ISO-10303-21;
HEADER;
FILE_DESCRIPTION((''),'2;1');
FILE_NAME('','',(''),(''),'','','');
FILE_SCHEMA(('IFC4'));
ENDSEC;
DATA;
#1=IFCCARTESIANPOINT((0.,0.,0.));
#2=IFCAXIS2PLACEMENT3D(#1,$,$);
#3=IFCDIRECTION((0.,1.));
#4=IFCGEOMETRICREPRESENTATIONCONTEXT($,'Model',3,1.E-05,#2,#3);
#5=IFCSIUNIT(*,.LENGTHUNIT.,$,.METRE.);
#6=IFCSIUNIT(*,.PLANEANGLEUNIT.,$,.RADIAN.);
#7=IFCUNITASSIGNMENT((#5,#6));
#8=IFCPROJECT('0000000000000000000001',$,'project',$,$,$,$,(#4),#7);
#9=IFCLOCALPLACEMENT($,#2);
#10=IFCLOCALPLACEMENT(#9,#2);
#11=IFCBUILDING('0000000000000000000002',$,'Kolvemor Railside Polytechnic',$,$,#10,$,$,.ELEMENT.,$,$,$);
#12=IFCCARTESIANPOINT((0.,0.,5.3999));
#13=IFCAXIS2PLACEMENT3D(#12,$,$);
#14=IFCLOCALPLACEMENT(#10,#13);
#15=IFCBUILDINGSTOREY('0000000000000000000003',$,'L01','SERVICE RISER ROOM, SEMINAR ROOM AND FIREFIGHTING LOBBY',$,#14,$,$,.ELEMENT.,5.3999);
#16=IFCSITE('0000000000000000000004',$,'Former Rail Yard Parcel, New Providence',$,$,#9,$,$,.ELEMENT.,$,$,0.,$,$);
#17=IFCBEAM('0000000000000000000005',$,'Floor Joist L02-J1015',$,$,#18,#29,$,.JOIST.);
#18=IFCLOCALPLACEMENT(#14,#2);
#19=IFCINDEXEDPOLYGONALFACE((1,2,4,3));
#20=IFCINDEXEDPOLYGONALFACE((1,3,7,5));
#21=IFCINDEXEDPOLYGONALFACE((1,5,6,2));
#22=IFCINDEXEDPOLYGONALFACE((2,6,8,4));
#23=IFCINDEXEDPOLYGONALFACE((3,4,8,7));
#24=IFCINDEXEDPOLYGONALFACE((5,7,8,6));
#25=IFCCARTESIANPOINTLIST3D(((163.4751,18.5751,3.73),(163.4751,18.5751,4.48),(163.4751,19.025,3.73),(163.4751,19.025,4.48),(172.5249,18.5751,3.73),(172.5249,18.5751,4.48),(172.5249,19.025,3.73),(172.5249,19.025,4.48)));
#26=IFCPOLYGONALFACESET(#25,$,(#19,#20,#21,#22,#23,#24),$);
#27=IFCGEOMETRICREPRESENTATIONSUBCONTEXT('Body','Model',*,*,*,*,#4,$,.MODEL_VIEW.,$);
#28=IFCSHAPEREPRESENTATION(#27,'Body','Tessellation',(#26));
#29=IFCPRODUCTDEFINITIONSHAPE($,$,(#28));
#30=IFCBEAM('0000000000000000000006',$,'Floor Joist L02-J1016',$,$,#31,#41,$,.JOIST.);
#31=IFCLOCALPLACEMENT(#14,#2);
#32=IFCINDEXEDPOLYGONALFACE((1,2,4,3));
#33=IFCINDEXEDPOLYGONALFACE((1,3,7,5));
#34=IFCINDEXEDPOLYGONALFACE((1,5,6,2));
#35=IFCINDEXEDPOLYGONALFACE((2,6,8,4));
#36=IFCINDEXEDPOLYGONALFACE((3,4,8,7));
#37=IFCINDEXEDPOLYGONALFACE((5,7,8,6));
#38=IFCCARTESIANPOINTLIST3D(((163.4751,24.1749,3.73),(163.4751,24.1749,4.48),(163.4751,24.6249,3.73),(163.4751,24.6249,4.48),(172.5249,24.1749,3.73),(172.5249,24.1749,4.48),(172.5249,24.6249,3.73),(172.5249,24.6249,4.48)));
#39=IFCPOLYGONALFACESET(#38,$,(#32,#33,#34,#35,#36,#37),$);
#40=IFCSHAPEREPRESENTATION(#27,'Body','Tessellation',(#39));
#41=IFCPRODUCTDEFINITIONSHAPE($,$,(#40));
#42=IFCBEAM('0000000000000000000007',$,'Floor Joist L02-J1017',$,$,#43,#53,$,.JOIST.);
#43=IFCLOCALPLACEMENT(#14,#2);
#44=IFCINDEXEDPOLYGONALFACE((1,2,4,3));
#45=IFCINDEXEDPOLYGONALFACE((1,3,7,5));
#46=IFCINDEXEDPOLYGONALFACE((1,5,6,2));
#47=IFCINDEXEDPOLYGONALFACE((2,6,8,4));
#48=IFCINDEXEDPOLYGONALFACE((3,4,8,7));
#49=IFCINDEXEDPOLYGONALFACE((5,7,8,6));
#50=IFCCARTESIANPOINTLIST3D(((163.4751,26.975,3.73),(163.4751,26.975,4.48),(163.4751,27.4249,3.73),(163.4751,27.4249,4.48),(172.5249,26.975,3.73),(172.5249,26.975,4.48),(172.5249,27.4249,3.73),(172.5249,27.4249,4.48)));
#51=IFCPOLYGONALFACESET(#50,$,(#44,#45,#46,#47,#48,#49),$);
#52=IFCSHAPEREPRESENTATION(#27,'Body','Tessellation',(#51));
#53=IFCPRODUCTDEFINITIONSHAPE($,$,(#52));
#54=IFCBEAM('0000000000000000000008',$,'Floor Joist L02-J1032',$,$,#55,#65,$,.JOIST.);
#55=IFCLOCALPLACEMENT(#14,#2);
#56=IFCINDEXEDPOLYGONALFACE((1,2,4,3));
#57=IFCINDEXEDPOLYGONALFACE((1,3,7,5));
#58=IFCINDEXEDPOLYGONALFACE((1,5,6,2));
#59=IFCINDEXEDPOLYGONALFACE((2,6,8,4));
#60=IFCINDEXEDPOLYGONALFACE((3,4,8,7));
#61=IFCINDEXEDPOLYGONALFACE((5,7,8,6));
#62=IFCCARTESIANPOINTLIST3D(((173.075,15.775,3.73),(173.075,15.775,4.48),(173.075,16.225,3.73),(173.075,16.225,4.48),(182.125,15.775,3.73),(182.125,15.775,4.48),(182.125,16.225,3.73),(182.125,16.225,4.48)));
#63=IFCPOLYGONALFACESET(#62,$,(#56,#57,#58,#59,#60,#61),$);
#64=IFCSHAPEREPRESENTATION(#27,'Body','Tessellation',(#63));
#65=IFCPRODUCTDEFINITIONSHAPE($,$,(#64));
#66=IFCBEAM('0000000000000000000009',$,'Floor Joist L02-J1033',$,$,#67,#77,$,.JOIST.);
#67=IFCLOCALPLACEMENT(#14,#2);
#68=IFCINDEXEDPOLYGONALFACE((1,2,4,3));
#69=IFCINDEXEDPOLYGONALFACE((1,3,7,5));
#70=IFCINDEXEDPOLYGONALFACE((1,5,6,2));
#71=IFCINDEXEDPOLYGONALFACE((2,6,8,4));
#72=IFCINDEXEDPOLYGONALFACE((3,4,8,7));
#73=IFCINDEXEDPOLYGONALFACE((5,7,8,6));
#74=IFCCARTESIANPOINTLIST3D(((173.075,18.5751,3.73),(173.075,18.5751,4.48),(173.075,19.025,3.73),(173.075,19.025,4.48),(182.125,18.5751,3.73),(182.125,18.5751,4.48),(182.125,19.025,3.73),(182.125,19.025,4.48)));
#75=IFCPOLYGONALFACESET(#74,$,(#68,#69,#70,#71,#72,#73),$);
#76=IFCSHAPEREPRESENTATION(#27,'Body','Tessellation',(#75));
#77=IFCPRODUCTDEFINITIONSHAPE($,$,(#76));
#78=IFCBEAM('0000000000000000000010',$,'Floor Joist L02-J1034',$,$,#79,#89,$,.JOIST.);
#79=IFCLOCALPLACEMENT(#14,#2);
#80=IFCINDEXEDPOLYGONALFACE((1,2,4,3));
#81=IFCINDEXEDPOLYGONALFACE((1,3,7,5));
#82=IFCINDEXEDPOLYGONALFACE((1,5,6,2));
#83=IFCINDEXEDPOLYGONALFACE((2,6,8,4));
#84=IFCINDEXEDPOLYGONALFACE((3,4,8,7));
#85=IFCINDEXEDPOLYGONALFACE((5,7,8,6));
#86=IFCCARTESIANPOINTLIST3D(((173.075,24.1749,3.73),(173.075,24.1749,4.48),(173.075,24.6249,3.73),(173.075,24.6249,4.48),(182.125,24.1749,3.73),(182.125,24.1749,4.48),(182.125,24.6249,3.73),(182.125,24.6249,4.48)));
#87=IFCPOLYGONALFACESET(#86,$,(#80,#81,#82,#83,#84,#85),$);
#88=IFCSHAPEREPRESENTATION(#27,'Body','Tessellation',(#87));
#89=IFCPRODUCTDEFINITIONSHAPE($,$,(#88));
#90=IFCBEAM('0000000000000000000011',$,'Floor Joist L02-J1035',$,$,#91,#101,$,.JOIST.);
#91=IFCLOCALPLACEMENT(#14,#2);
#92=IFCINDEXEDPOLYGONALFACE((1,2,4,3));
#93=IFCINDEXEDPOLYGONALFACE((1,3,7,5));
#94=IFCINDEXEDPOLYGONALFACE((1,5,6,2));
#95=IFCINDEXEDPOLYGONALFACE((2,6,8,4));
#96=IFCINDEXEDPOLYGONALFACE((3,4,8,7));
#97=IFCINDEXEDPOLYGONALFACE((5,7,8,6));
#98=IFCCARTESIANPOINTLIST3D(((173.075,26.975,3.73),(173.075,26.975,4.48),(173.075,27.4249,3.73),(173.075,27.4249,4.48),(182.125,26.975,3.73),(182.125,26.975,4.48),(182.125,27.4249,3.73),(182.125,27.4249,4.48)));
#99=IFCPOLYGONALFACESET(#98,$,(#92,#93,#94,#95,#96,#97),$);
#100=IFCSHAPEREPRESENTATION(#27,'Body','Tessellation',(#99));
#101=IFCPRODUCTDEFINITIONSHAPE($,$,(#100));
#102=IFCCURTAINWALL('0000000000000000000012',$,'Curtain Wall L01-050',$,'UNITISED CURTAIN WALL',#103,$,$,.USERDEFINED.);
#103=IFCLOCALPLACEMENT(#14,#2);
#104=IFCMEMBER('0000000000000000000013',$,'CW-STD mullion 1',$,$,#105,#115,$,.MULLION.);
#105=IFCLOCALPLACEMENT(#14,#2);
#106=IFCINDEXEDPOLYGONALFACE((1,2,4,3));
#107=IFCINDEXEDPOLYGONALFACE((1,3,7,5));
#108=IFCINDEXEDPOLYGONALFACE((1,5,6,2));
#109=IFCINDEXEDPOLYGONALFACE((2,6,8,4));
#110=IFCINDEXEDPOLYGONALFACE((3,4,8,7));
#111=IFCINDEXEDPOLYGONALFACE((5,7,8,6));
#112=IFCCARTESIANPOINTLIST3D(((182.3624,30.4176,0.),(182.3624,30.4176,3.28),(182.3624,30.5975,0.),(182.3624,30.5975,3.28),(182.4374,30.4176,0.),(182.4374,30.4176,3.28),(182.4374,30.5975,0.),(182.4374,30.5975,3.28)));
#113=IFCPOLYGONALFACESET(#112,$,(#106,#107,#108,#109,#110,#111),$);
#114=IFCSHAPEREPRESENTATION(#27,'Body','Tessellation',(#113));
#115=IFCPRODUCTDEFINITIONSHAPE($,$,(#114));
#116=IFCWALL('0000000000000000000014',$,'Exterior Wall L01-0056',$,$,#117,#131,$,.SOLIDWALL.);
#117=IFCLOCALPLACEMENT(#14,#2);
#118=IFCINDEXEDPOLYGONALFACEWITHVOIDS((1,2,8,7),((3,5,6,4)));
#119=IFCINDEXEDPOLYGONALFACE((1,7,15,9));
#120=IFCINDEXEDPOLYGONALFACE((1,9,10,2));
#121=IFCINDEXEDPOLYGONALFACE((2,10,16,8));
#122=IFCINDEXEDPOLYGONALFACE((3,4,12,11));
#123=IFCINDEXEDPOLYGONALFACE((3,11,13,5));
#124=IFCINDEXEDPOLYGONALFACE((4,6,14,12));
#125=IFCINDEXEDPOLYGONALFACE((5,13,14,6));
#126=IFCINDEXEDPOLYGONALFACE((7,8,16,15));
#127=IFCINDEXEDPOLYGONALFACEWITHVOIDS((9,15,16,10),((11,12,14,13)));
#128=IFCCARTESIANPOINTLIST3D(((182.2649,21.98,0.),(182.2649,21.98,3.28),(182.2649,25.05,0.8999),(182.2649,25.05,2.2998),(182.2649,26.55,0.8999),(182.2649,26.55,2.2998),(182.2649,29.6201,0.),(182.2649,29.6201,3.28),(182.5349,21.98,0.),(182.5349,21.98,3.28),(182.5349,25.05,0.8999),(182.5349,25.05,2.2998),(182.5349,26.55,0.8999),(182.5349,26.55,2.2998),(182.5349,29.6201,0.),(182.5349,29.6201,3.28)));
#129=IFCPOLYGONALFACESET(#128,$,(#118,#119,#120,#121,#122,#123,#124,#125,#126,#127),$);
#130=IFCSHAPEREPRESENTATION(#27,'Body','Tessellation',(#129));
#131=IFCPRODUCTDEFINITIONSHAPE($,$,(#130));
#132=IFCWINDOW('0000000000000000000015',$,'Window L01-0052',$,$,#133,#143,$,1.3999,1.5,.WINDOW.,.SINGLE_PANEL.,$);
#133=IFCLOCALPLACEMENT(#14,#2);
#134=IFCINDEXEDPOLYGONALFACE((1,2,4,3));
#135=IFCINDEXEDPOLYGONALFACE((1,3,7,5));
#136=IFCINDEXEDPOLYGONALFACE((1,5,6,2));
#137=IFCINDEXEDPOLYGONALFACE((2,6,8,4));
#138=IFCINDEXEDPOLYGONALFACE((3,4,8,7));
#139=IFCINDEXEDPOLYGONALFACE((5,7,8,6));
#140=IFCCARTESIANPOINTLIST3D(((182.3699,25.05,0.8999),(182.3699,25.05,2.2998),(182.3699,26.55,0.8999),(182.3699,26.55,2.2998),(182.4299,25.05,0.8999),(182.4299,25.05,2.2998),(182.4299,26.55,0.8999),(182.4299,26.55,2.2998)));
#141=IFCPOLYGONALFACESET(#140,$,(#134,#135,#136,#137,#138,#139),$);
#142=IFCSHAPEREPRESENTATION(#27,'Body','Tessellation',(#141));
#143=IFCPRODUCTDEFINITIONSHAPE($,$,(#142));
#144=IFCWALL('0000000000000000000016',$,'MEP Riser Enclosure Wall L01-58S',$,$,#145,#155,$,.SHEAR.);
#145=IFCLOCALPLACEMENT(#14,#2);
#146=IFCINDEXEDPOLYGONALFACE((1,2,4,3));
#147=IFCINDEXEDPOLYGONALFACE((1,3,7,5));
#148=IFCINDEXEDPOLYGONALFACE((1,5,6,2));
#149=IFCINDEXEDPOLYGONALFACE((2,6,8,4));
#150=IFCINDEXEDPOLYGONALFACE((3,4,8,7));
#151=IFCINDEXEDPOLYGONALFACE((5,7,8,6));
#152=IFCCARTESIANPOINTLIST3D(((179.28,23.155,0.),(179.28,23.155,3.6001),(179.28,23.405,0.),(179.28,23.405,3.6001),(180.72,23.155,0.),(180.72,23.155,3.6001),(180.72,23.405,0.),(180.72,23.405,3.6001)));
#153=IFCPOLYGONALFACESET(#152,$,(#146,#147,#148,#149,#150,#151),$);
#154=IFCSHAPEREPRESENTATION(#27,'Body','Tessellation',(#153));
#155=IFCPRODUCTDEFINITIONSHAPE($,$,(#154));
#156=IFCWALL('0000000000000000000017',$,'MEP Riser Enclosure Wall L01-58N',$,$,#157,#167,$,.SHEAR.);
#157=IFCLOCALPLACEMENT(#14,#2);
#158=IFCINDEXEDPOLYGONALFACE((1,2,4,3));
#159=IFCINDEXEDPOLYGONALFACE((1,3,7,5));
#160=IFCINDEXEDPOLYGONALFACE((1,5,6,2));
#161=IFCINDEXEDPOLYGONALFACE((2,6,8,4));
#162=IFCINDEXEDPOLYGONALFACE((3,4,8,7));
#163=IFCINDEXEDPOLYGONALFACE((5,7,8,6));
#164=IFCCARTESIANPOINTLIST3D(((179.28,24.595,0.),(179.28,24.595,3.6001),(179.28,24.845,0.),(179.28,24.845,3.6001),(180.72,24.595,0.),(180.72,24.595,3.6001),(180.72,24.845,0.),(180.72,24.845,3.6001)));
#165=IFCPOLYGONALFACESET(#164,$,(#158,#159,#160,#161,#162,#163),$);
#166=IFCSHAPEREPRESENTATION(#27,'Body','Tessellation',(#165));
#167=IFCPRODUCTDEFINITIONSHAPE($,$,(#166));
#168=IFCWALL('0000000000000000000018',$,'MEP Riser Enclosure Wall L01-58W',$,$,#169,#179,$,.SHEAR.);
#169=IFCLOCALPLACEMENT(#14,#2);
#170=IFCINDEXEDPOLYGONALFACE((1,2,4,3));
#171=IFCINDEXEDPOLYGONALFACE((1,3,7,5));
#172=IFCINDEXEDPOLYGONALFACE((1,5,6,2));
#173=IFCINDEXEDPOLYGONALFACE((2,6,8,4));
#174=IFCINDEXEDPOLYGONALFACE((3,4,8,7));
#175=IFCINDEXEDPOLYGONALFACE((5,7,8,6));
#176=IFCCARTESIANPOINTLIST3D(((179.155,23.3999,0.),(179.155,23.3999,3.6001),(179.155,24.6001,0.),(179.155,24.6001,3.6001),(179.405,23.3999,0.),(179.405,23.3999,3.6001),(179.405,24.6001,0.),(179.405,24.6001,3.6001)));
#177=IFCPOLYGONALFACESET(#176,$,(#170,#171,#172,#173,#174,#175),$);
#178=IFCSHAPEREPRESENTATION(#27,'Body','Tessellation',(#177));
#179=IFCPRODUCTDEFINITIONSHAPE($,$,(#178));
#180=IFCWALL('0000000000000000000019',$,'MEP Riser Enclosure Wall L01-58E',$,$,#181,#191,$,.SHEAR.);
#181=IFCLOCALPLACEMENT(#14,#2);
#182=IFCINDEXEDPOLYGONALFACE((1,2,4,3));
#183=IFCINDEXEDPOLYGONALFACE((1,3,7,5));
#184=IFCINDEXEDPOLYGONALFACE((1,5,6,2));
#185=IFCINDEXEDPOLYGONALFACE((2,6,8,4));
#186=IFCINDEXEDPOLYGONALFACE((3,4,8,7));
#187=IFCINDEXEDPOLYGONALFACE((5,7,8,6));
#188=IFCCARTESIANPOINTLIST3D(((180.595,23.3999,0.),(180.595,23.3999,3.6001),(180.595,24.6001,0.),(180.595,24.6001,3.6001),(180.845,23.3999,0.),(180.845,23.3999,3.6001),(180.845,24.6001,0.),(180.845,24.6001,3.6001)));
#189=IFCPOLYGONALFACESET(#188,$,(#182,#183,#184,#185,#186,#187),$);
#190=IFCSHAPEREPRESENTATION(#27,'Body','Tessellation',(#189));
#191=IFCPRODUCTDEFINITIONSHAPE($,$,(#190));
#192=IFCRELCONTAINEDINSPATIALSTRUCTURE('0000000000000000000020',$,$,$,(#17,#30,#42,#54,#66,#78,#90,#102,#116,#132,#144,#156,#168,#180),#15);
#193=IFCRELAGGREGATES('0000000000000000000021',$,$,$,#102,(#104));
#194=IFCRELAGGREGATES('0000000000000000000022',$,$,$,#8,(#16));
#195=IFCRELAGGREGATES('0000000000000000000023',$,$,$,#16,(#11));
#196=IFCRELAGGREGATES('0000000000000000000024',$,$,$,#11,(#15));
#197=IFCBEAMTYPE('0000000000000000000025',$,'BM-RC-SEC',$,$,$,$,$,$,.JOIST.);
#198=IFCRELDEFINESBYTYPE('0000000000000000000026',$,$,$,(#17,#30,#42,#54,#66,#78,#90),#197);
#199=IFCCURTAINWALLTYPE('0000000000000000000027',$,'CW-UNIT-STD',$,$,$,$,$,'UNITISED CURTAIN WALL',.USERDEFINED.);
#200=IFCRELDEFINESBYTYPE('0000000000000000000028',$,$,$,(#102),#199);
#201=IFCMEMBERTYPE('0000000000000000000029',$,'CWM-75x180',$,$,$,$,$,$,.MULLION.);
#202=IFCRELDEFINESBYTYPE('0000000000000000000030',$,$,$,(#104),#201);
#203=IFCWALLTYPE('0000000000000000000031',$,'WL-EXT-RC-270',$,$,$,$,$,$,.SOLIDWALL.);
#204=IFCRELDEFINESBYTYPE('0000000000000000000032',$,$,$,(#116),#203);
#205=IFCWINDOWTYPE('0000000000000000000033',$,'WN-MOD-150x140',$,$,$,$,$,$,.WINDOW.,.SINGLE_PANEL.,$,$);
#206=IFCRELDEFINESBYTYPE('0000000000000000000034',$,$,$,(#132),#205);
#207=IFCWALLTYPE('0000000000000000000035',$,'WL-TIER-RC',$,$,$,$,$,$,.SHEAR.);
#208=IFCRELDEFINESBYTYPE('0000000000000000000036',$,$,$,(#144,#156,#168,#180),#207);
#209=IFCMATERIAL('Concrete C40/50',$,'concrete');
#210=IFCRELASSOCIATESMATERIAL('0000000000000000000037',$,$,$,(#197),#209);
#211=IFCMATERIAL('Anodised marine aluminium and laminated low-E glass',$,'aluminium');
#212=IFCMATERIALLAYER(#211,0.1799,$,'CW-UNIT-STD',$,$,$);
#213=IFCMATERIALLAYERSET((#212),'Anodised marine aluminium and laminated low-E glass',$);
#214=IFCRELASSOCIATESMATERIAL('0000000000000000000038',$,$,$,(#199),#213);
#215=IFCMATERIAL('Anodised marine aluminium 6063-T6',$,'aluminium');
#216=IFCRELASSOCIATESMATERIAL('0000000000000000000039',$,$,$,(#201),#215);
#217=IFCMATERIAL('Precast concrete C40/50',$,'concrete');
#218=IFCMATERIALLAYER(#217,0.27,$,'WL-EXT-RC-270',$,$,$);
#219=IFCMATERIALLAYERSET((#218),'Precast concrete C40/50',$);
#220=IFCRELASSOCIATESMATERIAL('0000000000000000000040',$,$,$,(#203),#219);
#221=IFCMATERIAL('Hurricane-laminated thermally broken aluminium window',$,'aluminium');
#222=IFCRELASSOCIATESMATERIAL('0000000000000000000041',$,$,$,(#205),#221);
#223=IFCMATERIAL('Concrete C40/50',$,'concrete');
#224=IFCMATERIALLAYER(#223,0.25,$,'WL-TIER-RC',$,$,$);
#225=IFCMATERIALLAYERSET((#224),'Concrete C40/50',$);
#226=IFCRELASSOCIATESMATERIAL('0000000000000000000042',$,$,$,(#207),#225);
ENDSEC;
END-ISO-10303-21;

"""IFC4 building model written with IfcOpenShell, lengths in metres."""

from ifc_helpers import new_model, si_unit, direction, frame, frame_2d, origin, origin_2d, place, context, subcontext, project, spatial, rectangle, extrude, material, layer, layer_set, material_profile, profile_set, type_object, element, fill, aggregate, save


model = new_model("IFC4")

# Units and contexts
model_context = context("Model", 3, precision=1e-05, world=origin(), true_north=direction((0.0, 1.0)))
body_context = subcontext(model_context, "Body", "Model", "MODEL_VIEW")
ifc_project = project(units=[si_unit("LENGTHUNIT", "METRE"), si_unit("PLANEANGLEUNIT", "RADIAN")], contexts=[model_context])

# Site, building, storey
site_placement = place(None, origin())
site = spatial("IfcSite", under=ifc_project, at=site_placement, Name="Former Rail Yard Parcel, New Providence", CompositionType="ELEMENT", RefElevation=0.0)
building_placement = place(site_placement, origin())
building = spatial("IfcBuilding", under=site, at=building_placement, Name="Kolvemor Railside Polytechnic", CompositionType="ELEMENT")
storey_placement = place(building_placement, frame((0.0, 0.0, 5.3999)))
storey = spatial("IfcBuildingStorey", under=building, at=storey_placement, Name="L01", Description="SERVICE RISER ROOM, SEMINAR ROOM AND FIREFIGHTING LOBBY", CompositionType="ELEMENT", Elevation=5.3999)

# Beams
ifc_material_1 = material(Name="Concrete C40/50", Category="concrete")
ifc_material_profile_1 = material_profile(ifc_material_1, rectangle(XDim=0.45, YDim=0.75, at=origin_2d()), Name="RC450x750")
ifc_profile_set_1 = profile_set([ifc_material_profile_1], Name="Concrete C40/50")
beam_type_1 = type_object("IfcBeamType", Name="BM-RC-SEC", PredefinedType="JOIST", material=ifc_profile_set_1)
for number, where, z_axis, x_axis, name in (
    (1, (163.4751, 18.8, 4.105), (1.0, 0.0, 0.0), (0.0, 1.0, 0.0), "Floor Joist L02-J1015"),
    (2, (163.4751, 24.3999, 4.105), (1.0, 0.0, 0.0), (0.0, 1.0, 0.0), "Floor Joist L02-J1016"),
    (3, (163.4751, 27.2, 4.105), (1.0, 0.0, 0.0), (0.0, 1.0, 0.0), "Floor Joist L02-J1017"),
):
    element("IfcBeam", number, at=place(storey_placement, frame(where, z_axis=z_axis, x_axis=x_axis)), inside=storey, type_object=beam_type_1, Name=name, PredefinedType="JOIST", context=body_context, shape_type="SweptSolid", body=[
        extrude(rectangle(XDim=0.45, YDim=0.75, at=origin_2d()), origin(), (0.0, 0.0, 1.0), 9.0498),
    ])
for number, where, z_axis, x_axis, name in (
    (4, (173.075, 16.0, 4.105), (1.0, 0.0, 0.0), (0.0, 1.0, 0.0), "Floor Joist L02-J1032"),
    (5, (173.075, 18.8, 4.105), (1.0, 0.0, 0.0), (0.0, 1.0, 0.0), "Floor Joist L02-J1033"),
    (6, (173.075, 24.3999, 4.105), (1.0, 0.0, 0.0), (0.0, 1.0, 0.0), "Floor Joist L02-J1034"),
    (7, (173.075, 27.2, 4.105), (1.0, 0.0, 0.0), (0.0, 1.0, 0.0), "Floor Joist L02-J1035"),
):
    element("IfcBeam", number, at=place(storey_placement, frame(where, z_axis=z_axis, x_axis=x_axis)), inside=storey, type_object=beam_type_1, Name=name, PredefinedType="JOIST", context=body_context, shape_type="SweptSolid", body=[
        extrude(rectangle(XDim=0.45, YDim=0.75, at=origin_2d()), origin(), (0.0, 0.0, 1.0), 9.05),
    ])

# Curtain wall, member
ifc_material_2 = material(Name="Anodised marine aluminium and laminated low-E glass", Category="aluminium")
ifc_layer_1 = layer(ifc_material_2, 0.1799, Name="CW-UNIT-STD")
ifc_layer_set_1 = layer_set([ifc_layer_1], Name="Anodised marine aluminium and laminated low-E glass")
curtain_wall_type = type_object("IfcCurtainWallType", Name="CW-UNIT-STD", ElementType="UNITISED CURTAIN WALL", PredefinedType="USERDEFINED", material=ifc_layer_set_1)
curtain_wall_placement = place(storey_placement, origin())
curtain_wall = element("IfcCurtainWall", 8, at=curtain_wall_placement, inside=storey, type_object=curtain_wall_type, Name="Curtain Wall L01-050", ObjectType="UNITISED CURTAIN WALL", PredefinedType="USERDEFINED")
ifc_material_3 = material(Name="Anodised marine aluminium 6063-T6", Category="aluminium")
ifc_material_profile_2 = material_profile(ifc_material_3, rectangle(XDim=0.075, YDim=0.1799, at=origin_2d()), Name="CW-MUL-75x180")
ifc_profile_set_2 = profile_set([ifc_material_profile_2], Name="Anodised marine aluminium 6063-T6")
member_type = type_object("IfcMemberType", Name="CWM-75x180", PredefinedType="MULLION", material=ifc_profile_set_2)
member_placement = place(storey_placement, frame((182.3999, 30.5076, 0.0), z_axis=(0.0, 0.0, 1.0), x_axis=(-1.0, 0.0, 0.0)))
member = element("IfcMember", 9, at=member_placement, type_object=member_type, Name="CW-STD mullion 1", PredefinedType="MULLION", context=body_context, shape_type="SweptSolid", body=[
    extrude(rectangle(XDim=0.075, YDim=0.1799, at=origin_2d()), origin(), (0.0, 0.0, 1.0), 3.28),
])
aggregate(curtain_wall, [member])

# Wall, opening, window
ifc_material_4 = material(Name="Precast concrete C40/50", Category="concrete")
ifc_layer_2 = layer(ifc_material_4, 0.27, Name="WL-EXT-RC-270")
ifc_layer_set_2 = layer_set([ifc_layer_2], Name="Precast concrete C40/50")
wall_type_1 = type_object("IfcWallType", Name="WL-EXT-RC-270", PredefinedType="SOLIDWALL", material=ifc_layer_set_2)
wall_placement = place(storey_placement, frame((182.3999, 21.98, 0.0), z_axis=(0.0, 0.0, 1.0), x_axis=(0.0, 1.0, 0.0)))
wall = element("IfcWall", 10, at=wall_placement, inside=storey, type_object=wall_type_1, Name="Exterior Wall L01-0056", PredefinedType="SOLIDWALL", context=body_context, shape_type="SweptSolid", body=[
    extrude(rectangle(XDim=7.6401, YDim=0.27, at=frame_2d((3.8201, 0.0))), origin(), (0.0, 0.0, 1.0), 3.28),
])
opening_placement = place(wall_placement, frame((3.0701, 0.0, 0.8999)))
opening = element("IfcOpeningElement", 11, at=opening_placement, cuts=wall, PredefinedType="OPENING", context=body_context, shape_type="SweptSolid", body=[
    extrude(rectangle(XDim=1.5, YDim=1.3999, at=frame_2d((0.75, 0.7))), frame((0.0, 0.145, 0.0), z_axis=(0.0, -1.0, 0.0), x_axis=(1.0, 0.0, 0.0)), (0.0, 0.0, 1.0), 0.29),
])
ifc_material_5 = material(Name="Hurricane-laminated thermally broken aluminium window", Category="aluminium")
window_type = type_object("IfcWindowType", Name="WN-MOD-150x140", PartitioningType="SINGLE_PANEL", PredefinedType="WINDOW", material=ifc_material_5)
window_placement = place(opening_placement, origin())
window = element("IfcWindow", 12, at=window_placement, inside=storey, type_object=window_type, Name="Window L01-0052", OverallHeight=1.3999, OverallWidth=1.5, PartitioningType="SINGLE_PANEL", PredefinedType="WINDOW", context=body_context, shape_type="SweptSolid", body=[
    extrude(rectangle(XDim=1.5, YDim=1.3999, at=frame_2d((0.75, 0.7))), frame((0.0, 0.03, 0.0), z_axis=(0.0, -1.0, 0.0), x_axis=(1.0, 0.0, 0.0)), (0.0, 0.0, 1.0), 0.0601),
])
fill(opening, window)

# Walls
ifc_material_6 = material(Name="Concrete C40/50", Category="concrete")
ifc_layer_3 = layer(ifc_material_6, 0.25, Name="WL-TIER-RC")
ifc_layer_set_3 = layer_set([ifc_layer_3], Name="Concrete C40/50")
wall_type_2 = type_object("IfcWallType", Name="WL-TIER-RC", PredefinedType="SHEAR", material=ifc_layer_set_3)
for number, where, z_axis, x_axis, name in (
    (13, (179.28, 23.28, 0.0), (0.0, 0.0, 1.0), (1.0, 0.0, 0.0), "MEP Riser Enclosure Wall L01-58S"),
    (14, (179.28, 24.72, 0.0), (0.0, 0.0, 1.0), (1.0, 0.0, 0.0), "MEP Riser Enclosure Wall L01-58N"),
):
    element("IfcWall", number, at=place(storey_placement, frame(where, z_axis=z_axis, x_axis=x_axis)), inside=storey, type_object=wall_type_2, Name=name, PredefinedType="SHEAR", context=body_context, shape_type="SweptSolid", body=[
        extrude(rectangle(XDim=1.4399, YDim=0.25, at=frame_2d((0.72, 0.0))), origin(), (0.0, 0.0, 1.0), 3.6001),
    ])
for number, where, z_axis, x_axis, name in (
    (15, (179.28, 23.3999, 0.0), (0.0, 0.0, 1.0), (0.0, 1.0, 0.0), "MEP Riser Enclosure Wall L01-58W"),
    (16, (180.72, 23.3999, 0.0), (0.0, 0.0, 1.0), (0.0, 1.0, 0.0), "MEP Riser Enclosure Wall L01-58E"),
):
    element("IfcWall", number, at=place(storey_placement, frame(where, z_axis=z_axis, x_axis=x_axis)), inside=storey, type_object=wall_type_2, Name=name, PredefinedType="SHEAR", context=body_context, shape_type="SweptSolid", body=[
        extrude(rectangle(XDim=1.2002, YDim=0.25, at=frame_2d((0.6001, 0.0))), origin(), (0.0, 0.0, 1.0), 3.6001),
    ])

save(model, "model.ifc")
